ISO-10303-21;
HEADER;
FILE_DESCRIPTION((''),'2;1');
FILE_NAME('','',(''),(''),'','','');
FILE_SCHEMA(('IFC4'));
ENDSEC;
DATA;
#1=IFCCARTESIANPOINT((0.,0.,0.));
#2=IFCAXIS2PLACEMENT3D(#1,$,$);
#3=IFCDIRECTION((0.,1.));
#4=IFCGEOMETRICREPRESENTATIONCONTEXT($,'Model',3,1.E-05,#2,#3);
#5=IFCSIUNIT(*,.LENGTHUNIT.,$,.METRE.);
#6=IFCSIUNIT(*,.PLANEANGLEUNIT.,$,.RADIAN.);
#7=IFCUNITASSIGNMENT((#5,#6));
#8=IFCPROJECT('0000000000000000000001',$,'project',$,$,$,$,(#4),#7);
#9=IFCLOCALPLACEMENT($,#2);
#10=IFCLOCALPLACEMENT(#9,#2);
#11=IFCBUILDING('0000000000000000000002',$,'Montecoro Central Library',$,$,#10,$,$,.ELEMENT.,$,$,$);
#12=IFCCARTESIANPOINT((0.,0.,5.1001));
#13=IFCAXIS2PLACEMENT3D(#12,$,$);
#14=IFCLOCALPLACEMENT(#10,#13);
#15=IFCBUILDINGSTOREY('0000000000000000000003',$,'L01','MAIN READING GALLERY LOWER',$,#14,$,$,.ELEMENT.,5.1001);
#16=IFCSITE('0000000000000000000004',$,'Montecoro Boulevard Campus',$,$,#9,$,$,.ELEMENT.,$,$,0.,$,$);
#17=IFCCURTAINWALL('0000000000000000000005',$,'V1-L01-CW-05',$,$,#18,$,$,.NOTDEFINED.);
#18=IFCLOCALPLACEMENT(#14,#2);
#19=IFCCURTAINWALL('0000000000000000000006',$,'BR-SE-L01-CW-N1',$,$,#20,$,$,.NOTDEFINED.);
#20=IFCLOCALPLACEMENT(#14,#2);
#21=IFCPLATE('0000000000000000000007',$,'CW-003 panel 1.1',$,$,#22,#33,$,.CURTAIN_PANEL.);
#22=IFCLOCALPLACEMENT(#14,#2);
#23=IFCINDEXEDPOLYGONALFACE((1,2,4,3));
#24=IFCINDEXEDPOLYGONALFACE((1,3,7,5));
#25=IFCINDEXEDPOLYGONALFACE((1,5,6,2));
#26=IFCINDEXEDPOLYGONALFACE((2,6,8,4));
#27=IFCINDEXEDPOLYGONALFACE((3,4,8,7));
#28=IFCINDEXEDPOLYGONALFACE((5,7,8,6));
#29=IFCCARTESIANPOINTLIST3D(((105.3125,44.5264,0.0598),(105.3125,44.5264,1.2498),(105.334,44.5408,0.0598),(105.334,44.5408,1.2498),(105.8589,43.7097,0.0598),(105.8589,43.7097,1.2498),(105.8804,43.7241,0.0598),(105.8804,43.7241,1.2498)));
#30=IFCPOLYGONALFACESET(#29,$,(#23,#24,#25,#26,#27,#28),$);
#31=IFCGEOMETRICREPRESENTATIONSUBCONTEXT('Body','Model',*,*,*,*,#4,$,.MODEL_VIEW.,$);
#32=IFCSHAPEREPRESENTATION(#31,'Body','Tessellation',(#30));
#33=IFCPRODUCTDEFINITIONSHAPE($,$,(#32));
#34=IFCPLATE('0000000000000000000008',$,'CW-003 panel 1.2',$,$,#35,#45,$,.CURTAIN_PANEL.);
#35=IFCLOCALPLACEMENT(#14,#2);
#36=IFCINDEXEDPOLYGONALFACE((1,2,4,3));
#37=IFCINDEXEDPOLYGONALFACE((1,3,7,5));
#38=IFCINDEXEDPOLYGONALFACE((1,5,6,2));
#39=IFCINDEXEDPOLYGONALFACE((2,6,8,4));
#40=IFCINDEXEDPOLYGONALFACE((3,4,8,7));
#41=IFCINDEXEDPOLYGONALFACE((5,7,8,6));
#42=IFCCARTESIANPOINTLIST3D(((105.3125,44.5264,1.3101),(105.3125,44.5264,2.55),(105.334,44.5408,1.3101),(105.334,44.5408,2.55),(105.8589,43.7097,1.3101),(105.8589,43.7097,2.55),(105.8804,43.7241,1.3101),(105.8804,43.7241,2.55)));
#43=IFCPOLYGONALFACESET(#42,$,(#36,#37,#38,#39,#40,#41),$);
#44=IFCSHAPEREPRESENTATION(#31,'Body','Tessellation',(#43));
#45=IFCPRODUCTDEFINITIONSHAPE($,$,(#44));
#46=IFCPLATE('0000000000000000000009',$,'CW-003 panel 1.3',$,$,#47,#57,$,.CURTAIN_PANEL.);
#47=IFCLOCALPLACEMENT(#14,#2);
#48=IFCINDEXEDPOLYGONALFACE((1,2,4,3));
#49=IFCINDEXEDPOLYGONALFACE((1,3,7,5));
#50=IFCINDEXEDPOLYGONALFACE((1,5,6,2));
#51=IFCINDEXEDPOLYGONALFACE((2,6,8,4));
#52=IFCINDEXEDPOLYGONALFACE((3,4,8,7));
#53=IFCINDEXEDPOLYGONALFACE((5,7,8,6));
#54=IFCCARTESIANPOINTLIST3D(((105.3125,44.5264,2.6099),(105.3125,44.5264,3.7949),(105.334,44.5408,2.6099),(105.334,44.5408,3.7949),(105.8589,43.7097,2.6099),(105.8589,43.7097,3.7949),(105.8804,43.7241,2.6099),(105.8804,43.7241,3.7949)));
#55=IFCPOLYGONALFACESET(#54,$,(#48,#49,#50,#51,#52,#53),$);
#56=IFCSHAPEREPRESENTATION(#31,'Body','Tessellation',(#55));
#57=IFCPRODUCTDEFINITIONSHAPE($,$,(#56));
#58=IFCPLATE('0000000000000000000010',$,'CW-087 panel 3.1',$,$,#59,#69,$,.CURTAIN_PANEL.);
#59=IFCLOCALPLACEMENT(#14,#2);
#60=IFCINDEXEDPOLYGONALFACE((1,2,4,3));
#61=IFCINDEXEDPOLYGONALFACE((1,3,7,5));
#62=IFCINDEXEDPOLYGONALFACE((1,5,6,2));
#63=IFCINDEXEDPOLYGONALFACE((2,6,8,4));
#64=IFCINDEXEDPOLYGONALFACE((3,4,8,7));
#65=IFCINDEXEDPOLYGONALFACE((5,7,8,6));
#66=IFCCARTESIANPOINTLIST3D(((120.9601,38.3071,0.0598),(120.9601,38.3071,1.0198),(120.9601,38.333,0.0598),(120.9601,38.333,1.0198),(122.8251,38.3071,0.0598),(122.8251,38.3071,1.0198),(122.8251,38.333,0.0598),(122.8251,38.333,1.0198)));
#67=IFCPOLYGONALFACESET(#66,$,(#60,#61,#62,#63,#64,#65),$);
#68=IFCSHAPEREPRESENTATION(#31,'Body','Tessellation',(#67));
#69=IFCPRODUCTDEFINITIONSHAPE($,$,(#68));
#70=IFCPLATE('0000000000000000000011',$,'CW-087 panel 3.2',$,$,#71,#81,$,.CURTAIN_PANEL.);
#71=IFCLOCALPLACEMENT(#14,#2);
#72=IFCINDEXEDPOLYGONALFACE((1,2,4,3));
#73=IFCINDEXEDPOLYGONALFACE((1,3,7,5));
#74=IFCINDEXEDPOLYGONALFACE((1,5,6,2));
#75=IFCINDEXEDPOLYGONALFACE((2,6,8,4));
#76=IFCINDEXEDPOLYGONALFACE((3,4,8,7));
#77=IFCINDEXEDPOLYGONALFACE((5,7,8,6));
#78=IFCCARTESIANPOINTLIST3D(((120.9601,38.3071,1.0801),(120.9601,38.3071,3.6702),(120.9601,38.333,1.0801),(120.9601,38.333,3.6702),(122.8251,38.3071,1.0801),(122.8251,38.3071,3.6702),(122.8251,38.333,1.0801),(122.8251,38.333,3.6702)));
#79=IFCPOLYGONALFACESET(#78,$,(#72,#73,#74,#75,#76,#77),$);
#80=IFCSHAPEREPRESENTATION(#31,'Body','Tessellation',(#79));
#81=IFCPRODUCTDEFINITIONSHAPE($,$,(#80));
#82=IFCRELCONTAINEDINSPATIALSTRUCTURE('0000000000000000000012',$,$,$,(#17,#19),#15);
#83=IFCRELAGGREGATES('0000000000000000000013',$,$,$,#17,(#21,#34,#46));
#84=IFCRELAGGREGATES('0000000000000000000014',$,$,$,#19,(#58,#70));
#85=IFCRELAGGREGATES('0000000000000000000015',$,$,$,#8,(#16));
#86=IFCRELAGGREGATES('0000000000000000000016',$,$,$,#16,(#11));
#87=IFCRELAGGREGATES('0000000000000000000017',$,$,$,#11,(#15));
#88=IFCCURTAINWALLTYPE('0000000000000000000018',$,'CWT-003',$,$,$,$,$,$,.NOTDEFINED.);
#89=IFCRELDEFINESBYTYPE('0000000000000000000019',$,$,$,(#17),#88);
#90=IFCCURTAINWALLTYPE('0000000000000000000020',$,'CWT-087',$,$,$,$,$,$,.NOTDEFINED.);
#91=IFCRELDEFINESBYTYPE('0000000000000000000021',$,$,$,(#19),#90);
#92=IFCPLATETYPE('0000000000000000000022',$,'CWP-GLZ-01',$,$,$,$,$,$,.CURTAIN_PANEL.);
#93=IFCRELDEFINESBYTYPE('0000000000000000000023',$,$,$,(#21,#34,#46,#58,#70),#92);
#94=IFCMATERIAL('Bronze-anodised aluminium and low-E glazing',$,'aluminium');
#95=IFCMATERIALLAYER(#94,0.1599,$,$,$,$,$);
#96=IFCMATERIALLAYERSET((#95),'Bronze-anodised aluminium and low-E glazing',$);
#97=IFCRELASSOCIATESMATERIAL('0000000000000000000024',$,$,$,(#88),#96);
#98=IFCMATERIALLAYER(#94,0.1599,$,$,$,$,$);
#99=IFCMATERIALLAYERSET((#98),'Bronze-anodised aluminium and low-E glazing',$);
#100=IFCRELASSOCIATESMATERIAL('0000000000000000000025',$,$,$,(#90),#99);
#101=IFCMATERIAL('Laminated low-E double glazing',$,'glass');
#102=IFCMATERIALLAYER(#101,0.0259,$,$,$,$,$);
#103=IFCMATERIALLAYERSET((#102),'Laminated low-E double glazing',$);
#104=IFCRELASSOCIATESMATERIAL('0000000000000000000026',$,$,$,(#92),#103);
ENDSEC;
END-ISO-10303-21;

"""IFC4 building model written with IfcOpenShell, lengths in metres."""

from ifc_helpers import new_model, si_unit, direction, frame, origin, origin_2d, place, context, subcontext, project, spatial, rectangle, extrude, material, layer, layer_set, type_object, element, aggregate, save


model = new_model("IFC4")

# Units and contexts
model_context = context("Model", 3, precision=1e-05, world=origin(), true_north=direction((0.0, 1.0)))
body_context = subcontext(model_context, "Body", "Model", "MODEL_VIEW")
ifc_project = project(units=[si_unit("LENGTHUNIT", "METRE"), si_unit("PLANEANGLEUNIT", "RADIAN")], contexts=[model_context])

# Site, building, storey
site_placement = place(None, origin())
site = spatial("IfcSite", under=ifc_project, at=site_placement, Name="Montecoro Boulevard Campus", CompositionType="ELEMENT", RefElevation=0.0)
building_placement = place(site_placement, origin())
building = spatial("IfcBuilding", under=site, at=building_placement, Name="Montecoro Central Library", CompositionType="ELEMENT")
storey_placement = place(building_placement, frame((0.0, 0.0, 5.1001)))
storey = spatial("IfcBuildingStorey", under=building, at=storey_placement, Name="L01", Description="MAIN READING GALLERY LOWER", CompositionType="ELEMENT", Elevation=5.1001)

# Curtain wall
ifc_material_1 = material(Name="Bronze-anodised aluminium and low-E glazing", Category="aluminium")
ifc_layer_1 = layer(ifc_material_1, 0.1599)
ifc_layer_set_1 = layer_set([ifc_layer_1], Name="Bronze-anodised aluminium and low-E glazing")
curtain_wall_type_1 = type_object("IfcCurtainWallType", Name="CWT-003", PredefinedType="NOTDEFINED", material=ifc_layer_set_1)
curtain_wall_1_placement = place(storey_placement, origin())
curtain_wall_1 = element("IfcCurtainWall", 1, at=curtain_wall_1_placement, inside=storey, type_object=curtain_wall_type_1, Name="V1-L01-CW-05", PredefinedType="NOTDEFINED")

# Curtain wall
ifc_layer_2 = layer(ifc_material_1, 0.1599)
ifc_layer_set_2 = layer_set([ifc_layer_2], Name="Bronze-anodised aluminium and low-E glazing")
curtain_wall_type_2 = type_object("IfcCurtainWallType", Name="CWT-087", PredefinedType="NOTDEFINED", material=ifc_layer_set_2)
curtain_wall_2_placement = place(storey_placement, origin())
curtain_wall_2 = element("IfcCurtainWall", 2, at=curtain_wall_2_placement, inside=storey, type_object=curtain_wall_type_2, Name="BR-SE-L01-CW-N1", PredefinedType="NOTDEFINED")

# Plates
ifc_material_2 = material(Name="Laminated low-E double glazing", Category="glass")
ifc_layer_3 = layer(ifc_material_2, 0.0259)
ifc_layer_set_3 = layer_set([ifc_layer_3], Name="Laminated low-E double glazing")
plate_type = type_object("IfcPlateType", Name="CWP-GLZ-01", PredefinedType="CURTAIN_PANEL", material=ifc_layer_set_3)
plate_1_placement = place(storey_placement, frame((105.5964, 44.1252, 0.0598), z_axis=(0.0, 0.0, 1.0), x_axis=(-0.556098, 0.831117, 0.0)))
plate_1 = element("IfcPlate", 3, at=plate_1_placement, type_object=plate_type, Name="CW-003 panel 1.1", PredefinedType="CURTAIN_PANEL", context=body_context, shape_type="SweptSolid", body=[
    extrude(rectangle(XDim=0.9827, YDim=0.0259, at=origin_2d()), origin(), (0.0, 0.0, 1.0), 1.1899),
])
plate_2_placement = place(storey_placement, frame((105.5964, 44.1252, 1.3101), z_axis=(0.0, 0.0, 1.0), x_axis=(-0.556098, 0.831117, 0.0)))
plate_2 = element("IfcPlate", 4, at=plate_2_placement, type_object=plate_type, Name="CW-003 panel 1.2", PredefinedType="CURTAIN_PANEL", context=body_context, shape_type="SweptSolid", body=[
    extrude(rectangle(XDim=0.9827, YDim=0.0259, at=origin_2d()), origin(), (0.0, 0.0, 1.0), 1.24),
])
plate_3_placement = place(storey_placement, frame((105.5964, 44.1252, 2.6099), z_axis=(0.0, 0.0, 1.0), x_axis=(-0.556098, 0.831117, 0.0)))
plate_3 = element("IfcPlate", 5, at=plate_3_placement, type_object=plate_type, Name="CW-003 panel 1.3", PredefinedType="CURTAIN_PANEL", context=body_context, shape_type="SweptSolid", body=[
    extrude(rectangle(XDim=0.9827, YDim=0.0259, at=origin_2d()), origin(), (0.0, 0.0, 1.0), 1.1851),
])
aggregate(curtain_wall_1, [plate_1, plate_2, plate_3])
plate_4_placement = place(storey_placement, frame((121.8926, 38.3201, 0.0598), z_axis=(0.0, 0.0, 1.0), x_axis=(1.0, 0.0, 0.0)))
plate_4 = element("IfcPlate", 6, at=plate_4_placement, type_object=plate_type, Name="CW-087 panel 3.1", PredefinedType="CURTAIN_PANEL", context=body_context, shape_type="SweptSolid", body=[
    extrude(rectangle(XDim=1.865, YDim=0.0259, at=origin_2d()), origin(), (0.0, 0.0, 1.0), 0.96),
])
plate_5_placement = place(storey_placement, frame((121.8926, 38.3201, 1.0801), z_axis=(0.0, 0.0, 1.0), x_axis=(1.0, 0.0, 0.0)))
plate_5 = element("IfcPlate", 7, at=plate_5_placement, type_object=plate_type, Name="CW-087 panel 3.2", PredefinedType="CURTAIN_PANEL", context=body_context, shape_type="SweptSolid", body=[
    extrude(rectangle(XDim=1.865, YDim=0.0259, at=origin_2d()), origin(), (0.0, 0.0, 1.0), 2.5901),
])
aggregate(curtain_wall_2, [plate_4, plate_5])

save(model, "model.ifc")
